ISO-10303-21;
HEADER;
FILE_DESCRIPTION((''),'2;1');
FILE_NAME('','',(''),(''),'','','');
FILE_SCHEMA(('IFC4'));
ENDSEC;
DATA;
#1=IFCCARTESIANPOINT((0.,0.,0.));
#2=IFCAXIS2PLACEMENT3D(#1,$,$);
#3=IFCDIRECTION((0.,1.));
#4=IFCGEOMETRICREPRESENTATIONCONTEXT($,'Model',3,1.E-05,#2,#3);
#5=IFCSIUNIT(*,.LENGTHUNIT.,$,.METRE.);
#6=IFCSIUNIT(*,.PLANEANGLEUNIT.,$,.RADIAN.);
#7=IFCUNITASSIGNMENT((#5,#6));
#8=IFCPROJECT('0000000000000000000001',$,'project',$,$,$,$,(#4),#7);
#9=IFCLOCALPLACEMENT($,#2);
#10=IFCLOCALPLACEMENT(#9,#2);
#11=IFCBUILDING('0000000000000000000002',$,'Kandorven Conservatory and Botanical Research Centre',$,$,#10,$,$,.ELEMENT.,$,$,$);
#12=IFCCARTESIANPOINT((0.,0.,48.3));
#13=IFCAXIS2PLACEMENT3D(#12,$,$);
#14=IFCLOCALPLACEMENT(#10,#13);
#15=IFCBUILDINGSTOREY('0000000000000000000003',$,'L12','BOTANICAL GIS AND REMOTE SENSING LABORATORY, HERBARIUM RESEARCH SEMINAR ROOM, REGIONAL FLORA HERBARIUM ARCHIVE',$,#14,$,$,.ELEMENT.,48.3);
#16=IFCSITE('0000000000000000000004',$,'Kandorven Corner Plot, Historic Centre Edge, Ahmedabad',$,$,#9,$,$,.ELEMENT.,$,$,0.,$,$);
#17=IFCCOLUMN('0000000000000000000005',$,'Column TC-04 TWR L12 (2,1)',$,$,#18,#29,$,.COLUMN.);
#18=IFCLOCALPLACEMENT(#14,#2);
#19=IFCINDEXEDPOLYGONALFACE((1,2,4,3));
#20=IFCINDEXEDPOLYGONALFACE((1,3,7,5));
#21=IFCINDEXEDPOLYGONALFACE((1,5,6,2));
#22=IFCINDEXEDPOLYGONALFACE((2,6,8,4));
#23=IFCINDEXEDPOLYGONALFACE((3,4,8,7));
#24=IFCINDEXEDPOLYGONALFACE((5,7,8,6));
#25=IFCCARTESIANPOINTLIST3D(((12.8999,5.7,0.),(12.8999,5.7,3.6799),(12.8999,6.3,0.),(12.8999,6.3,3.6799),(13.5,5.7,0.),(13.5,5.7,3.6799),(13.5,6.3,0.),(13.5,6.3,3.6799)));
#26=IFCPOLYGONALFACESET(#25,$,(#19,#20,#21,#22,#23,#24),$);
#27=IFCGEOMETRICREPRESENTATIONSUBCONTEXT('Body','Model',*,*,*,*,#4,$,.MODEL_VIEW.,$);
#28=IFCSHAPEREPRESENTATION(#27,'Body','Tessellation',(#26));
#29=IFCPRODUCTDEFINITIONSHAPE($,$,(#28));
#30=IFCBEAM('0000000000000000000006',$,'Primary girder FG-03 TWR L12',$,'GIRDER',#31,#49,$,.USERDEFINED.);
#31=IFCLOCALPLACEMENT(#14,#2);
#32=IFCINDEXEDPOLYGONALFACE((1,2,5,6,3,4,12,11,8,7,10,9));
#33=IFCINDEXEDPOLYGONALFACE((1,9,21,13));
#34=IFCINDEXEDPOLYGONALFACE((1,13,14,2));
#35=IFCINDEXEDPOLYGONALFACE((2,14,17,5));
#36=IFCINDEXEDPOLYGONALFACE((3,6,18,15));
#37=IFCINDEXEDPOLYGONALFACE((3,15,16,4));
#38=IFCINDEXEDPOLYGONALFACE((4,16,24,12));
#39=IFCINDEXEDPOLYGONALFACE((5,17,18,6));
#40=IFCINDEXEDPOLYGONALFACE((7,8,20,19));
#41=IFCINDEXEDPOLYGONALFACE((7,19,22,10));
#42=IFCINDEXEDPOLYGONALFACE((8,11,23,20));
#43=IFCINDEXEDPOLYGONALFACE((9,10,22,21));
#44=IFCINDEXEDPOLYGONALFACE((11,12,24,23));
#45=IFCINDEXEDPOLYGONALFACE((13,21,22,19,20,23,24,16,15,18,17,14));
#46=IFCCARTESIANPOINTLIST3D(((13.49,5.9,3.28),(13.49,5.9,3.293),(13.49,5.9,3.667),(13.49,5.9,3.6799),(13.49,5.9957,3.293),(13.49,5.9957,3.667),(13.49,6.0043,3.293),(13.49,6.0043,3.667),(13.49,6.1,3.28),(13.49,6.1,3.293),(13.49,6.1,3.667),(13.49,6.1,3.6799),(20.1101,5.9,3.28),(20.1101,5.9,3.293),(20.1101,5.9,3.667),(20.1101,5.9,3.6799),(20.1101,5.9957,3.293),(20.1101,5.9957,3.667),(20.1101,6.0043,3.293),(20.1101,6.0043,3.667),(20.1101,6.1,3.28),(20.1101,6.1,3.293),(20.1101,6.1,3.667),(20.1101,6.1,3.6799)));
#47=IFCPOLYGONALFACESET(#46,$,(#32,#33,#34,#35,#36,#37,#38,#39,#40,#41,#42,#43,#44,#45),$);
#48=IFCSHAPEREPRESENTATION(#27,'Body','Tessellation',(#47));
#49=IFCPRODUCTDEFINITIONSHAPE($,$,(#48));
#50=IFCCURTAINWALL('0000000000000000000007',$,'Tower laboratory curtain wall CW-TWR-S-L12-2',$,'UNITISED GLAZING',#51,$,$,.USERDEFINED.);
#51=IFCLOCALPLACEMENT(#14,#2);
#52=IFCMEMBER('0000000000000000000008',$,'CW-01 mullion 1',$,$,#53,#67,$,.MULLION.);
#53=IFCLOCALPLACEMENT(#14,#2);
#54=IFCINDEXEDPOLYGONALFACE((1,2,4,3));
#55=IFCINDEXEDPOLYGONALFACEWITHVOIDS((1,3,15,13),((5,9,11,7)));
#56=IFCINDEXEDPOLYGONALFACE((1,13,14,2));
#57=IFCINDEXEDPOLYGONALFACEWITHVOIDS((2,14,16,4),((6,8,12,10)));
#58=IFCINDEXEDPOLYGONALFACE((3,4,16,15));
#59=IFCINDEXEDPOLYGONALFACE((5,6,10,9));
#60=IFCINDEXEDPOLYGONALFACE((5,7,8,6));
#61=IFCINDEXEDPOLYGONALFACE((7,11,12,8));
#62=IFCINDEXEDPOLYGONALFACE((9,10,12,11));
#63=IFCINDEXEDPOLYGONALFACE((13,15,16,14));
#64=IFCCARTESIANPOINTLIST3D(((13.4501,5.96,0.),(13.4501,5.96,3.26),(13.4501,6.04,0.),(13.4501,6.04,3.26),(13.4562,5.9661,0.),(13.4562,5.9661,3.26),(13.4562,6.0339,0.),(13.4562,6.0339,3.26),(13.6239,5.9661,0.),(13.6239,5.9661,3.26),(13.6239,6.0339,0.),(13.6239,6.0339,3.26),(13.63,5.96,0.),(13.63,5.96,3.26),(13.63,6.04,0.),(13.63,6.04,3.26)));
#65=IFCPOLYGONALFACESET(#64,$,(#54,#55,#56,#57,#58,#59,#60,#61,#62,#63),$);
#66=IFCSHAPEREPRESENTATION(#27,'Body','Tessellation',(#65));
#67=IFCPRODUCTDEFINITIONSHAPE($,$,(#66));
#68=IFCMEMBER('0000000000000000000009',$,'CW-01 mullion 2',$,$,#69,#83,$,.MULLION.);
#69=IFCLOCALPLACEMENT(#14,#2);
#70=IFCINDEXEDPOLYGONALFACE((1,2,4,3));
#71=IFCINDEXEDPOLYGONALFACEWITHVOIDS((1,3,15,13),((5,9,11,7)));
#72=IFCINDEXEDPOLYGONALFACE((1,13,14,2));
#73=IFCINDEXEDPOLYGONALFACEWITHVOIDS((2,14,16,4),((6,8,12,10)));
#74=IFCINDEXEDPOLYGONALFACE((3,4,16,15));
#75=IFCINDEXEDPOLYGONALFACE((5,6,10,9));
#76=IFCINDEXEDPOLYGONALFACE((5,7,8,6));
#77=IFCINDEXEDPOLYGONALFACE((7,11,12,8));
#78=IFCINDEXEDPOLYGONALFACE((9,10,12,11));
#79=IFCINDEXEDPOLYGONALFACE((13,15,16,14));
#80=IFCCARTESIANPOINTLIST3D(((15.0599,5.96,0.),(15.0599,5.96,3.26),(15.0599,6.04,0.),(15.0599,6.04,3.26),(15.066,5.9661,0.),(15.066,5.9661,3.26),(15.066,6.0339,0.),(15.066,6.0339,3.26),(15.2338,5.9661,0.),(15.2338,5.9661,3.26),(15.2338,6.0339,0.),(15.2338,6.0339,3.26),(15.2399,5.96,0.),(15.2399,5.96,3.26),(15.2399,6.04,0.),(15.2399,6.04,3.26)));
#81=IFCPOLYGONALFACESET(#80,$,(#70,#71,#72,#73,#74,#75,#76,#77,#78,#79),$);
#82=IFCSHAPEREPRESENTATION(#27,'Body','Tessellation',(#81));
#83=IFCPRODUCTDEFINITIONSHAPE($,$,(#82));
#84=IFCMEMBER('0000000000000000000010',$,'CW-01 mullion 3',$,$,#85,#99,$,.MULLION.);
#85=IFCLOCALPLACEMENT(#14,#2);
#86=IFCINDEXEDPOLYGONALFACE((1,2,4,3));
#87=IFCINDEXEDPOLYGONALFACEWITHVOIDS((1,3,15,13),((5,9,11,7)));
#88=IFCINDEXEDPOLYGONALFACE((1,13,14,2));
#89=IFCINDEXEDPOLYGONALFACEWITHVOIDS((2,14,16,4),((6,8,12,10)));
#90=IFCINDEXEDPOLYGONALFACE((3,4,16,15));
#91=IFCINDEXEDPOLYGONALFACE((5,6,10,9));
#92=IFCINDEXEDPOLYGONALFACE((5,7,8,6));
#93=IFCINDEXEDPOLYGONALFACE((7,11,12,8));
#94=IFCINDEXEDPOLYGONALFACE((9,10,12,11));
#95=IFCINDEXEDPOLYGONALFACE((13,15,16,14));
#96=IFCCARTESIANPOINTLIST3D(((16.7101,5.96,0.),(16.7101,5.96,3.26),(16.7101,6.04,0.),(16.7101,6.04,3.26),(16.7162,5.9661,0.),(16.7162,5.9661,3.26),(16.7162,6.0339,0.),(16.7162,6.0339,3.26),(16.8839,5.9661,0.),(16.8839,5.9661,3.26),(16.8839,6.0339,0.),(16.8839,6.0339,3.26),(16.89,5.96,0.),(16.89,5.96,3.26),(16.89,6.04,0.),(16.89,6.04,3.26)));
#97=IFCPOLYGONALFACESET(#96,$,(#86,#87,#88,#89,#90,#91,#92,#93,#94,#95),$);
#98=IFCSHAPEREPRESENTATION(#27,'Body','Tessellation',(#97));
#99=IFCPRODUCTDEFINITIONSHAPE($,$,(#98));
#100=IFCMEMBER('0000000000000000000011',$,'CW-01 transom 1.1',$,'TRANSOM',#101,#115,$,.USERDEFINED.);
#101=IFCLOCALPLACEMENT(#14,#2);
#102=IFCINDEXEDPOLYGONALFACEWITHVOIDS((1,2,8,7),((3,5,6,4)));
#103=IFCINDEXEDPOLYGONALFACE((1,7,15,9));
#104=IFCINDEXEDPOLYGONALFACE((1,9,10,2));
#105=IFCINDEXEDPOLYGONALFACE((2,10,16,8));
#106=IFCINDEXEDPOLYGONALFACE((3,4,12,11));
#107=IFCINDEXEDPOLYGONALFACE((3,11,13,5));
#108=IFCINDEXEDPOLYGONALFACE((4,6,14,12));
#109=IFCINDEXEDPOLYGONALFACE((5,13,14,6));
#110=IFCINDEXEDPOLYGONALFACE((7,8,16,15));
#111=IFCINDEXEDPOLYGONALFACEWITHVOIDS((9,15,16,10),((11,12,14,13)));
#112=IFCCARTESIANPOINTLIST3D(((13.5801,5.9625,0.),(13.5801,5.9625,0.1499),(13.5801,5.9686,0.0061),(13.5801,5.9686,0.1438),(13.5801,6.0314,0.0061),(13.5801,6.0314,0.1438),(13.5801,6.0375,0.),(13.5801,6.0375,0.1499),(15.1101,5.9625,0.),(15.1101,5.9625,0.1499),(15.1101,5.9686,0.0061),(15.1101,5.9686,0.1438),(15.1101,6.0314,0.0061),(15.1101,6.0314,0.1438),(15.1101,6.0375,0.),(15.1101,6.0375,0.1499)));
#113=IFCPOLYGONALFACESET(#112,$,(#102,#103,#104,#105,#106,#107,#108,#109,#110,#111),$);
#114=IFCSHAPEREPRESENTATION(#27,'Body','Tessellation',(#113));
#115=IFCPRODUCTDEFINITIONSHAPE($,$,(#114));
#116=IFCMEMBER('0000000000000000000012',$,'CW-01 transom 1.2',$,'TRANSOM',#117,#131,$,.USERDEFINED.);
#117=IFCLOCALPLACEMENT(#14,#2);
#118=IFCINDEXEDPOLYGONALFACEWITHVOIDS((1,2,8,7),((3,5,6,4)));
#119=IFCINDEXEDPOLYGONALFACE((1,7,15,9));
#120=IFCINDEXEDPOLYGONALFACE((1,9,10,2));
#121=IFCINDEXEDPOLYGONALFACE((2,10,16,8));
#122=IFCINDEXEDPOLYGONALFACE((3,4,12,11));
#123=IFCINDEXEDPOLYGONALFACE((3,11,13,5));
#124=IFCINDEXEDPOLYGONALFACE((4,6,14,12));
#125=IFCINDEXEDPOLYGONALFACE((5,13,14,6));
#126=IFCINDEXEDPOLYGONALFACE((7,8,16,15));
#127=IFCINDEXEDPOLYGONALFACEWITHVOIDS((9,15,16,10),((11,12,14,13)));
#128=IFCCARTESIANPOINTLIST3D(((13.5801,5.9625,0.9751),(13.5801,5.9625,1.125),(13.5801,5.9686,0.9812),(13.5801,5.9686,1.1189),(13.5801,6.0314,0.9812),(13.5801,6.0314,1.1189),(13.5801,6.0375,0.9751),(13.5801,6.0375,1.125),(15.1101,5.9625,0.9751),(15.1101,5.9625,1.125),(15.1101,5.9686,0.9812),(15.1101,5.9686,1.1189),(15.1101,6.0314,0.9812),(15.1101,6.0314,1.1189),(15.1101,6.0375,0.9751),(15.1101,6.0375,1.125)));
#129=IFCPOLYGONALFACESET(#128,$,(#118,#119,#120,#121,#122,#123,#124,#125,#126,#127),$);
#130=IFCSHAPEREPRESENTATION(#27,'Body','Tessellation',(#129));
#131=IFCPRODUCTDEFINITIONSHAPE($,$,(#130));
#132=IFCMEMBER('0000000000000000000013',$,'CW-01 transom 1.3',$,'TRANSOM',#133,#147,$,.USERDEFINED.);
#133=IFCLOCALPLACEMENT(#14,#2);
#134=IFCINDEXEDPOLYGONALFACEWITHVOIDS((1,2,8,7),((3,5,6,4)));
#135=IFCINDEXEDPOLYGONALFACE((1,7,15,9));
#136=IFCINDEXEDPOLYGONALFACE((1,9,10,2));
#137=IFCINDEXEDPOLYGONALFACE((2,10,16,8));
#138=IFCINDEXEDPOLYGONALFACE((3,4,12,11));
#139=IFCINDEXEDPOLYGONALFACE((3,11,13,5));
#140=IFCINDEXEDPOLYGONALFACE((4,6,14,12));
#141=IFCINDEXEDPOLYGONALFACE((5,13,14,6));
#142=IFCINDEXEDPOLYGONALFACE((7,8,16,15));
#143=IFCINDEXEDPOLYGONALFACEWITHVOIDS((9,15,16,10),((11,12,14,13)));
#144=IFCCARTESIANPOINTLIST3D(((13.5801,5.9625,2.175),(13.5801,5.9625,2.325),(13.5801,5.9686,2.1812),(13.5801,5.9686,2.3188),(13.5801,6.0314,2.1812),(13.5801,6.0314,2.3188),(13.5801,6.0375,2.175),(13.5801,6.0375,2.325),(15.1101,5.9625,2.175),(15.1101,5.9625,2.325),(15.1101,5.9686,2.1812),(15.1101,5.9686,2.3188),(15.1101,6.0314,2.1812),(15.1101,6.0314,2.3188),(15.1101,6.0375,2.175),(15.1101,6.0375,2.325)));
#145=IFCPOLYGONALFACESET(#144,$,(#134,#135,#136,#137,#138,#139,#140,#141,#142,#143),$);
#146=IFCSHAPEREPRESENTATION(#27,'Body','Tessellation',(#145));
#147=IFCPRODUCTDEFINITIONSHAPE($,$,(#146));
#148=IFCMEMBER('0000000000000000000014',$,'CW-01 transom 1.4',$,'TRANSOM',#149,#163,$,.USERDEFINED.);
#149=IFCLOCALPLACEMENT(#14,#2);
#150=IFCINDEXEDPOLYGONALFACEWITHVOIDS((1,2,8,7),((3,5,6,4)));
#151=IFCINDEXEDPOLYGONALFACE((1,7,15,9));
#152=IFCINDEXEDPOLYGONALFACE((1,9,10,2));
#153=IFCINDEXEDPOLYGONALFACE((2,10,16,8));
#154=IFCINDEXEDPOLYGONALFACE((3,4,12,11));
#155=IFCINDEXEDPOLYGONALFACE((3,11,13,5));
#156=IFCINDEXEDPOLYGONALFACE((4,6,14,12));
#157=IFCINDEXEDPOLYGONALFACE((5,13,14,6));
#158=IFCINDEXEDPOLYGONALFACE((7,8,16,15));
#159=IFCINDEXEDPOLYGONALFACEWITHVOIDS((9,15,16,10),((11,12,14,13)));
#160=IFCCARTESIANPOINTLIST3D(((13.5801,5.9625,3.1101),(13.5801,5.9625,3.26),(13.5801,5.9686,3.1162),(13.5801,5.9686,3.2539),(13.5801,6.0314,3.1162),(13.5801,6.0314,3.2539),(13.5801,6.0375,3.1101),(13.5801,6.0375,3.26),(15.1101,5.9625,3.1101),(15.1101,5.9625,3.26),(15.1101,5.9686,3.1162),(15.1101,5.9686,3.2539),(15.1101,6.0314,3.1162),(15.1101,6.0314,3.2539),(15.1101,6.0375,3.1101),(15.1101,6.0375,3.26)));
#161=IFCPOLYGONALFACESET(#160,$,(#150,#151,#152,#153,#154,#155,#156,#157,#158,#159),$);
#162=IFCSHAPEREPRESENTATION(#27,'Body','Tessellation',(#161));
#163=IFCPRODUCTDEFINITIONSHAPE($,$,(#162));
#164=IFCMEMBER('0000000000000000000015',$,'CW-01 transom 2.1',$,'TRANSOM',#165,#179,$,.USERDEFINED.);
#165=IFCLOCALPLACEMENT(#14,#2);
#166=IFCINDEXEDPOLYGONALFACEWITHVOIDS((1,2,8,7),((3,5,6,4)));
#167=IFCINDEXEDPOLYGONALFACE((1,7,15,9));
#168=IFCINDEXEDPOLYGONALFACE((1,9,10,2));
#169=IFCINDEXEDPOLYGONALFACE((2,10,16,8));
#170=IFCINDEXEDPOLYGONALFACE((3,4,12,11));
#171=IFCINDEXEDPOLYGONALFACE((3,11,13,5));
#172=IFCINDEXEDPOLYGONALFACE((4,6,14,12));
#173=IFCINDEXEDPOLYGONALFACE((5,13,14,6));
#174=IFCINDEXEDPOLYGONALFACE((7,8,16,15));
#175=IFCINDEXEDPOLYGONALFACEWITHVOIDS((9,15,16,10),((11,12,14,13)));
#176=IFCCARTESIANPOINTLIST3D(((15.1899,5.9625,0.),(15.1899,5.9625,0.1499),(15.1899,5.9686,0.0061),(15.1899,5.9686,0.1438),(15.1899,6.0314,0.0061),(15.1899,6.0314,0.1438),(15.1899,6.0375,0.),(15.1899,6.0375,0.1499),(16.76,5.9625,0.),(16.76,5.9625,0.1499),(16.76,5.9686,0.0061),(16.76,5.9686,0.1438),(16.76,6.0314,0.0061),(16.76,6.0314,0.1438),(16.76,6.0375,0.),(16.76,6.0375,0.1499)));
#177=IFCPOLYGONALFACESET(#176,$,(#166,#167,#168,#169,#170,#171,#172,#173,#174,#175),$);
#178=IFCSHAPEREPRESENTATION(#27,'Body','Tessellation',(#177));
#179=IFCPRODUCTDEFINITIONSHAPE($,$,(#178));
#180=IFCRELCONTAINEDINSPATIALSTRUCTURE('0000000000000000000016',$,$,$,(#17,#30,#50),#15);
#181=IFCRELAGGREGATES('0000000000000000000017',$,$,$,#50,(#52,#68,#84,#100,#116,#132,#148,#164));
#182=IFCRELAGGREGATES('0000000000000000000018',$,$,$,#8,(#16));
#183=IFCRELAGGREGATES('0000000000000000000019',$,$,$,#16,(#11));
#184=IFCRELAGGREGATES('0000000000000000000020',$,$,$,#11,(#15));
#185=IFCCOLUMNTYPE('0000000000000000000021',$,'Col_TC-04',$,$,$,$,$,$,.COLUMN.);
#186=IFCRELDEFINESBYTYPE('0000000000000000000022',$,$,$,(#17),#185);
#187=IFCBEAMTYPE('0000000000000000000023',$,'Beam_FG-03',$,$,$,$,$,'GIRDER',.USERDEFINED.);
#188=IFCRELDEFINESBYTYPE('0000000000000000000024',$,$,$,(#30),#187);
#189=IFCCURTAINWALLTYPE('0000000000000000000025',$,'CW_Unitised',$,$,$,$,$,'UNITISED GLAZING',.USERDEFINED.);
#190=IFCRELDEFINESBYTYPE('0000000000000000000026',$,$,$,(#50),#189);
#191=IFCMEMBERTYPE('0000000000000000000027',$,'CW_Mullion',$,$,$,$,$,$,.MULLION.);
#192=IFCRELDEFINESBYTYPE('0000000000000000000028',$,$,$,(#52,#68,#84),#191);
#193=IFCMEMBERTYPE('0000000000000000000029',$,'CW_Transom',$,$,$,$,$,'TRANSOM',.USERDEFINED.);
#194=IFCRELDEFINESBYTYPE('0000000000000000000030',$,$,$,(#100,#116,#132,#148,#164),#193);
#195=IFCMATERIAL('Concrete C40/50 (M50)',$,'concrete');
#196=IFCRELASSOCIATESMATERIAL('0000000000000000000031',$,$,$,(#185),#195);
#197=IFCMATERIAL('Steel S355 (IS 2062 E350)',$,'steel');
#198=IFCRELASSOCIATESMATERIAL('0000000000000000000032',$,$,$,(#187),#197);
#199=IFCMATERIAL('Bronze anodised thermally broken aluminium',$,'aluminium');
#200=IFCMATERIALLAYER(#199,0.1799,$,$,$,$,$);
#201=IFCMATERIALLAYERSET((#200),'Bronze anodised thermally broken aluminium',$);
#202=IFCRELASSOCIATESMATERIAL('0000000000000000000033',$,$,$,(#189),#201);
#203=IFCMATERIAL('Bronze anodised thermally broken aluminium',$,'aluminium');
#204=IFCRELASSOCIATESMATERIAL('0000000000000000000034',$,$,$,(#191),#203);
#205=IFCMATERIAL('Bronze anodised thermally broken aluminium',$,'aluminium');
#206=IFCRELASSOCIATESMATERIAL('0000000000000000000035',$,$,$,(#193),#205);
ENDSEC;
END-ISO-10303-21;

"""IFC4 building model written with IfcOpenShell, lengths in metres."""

from ifc_helpers import new_model, si_unit, direction, frame, origin, origin_2d, place, context, subcontext, project, spatial, rectangle, hollow_rectangle, i_section, extrude, material, layer, layer_set, material_profile, profile_set, type_object, element, aggregate, save


model = new_model("IFC4")

# Units and contexts
model_context = context("Model", 3, precision=1e-05, world=origin(), true_north=direction((0.0, 1.0)))
body_context = subcontext(model_context, "Body", "Model", "MODEL_VIEW")
ifc_project = project(units=[si_unit("LENGTHUNIT", "METRE"), si_unit("PLANEANGLEUNIT", "RADIAN")], contexts=[model_context])

# Site, building, storey
site_placement = place(None, origin())
site = spatial("IfcSite", under=ifc_project, at=site_placement, Name="Kandorven Corner Plot, Historic Centre Edge, Ahmedabad", CompositionType="ELEMENT", RefElevation=0.0)
building_placement = place(site_placement, origin())
building = spatial("IfcBuilding", under=site, at=building_placement, Name="Kandorven Conservatory and Botanical Research Centre", CompositionType="ELEMENT")
storey_placement = place(building_placement, frame((0.0, 0.0, 48.3)))
storey = spatial("IfcBuildingStorey", under=building, at=storey_placement, Name="L12", Description="BOTANICAL GIS AND REMOTE SENSING LABORATORY, HERBARIUM RESEARCH SEMINAR ROOM, REGIONAL FLORA HERBARIUM ARCHIVE", CompositionType="ELEMENT", Elevation=48.3)

# Column
ifc_material_1 = material(Name="Concrete C40/50 (M50)", Category="concrete")
ifc_material_profile_1 = material_profile(ifc_material_1, rectangle(XDim=0.6001, YDim=0.6001, at=origin_2d()))
ifc_profile_set_1 = profile_set([ifc_material_profile_1], Name="Concrete C40/50 (M50)")
column_type = type_object("IfcColumnType", Name="Col_TC-04", PredefinedType="COLUMN", material=ifc_profile_set_1)
column_placement = place(storey_placement, frame((13.2, 6.0, 0.0), z_axis=(0.0, 0.0, 1.0), x_axis=(1.0, 0.0, 0.0)))
element("IfcColumn", 1, at=column_placement, inside=storey, type_object=column_type, Name="Column TC-04 TWR L12 (2,1)", PredefinedType="COLUMN", context=body_context, shape_type="SweptSolid", body=[
    extrude(rectangle(XDim=0.6001, YDim=0.6001, at=origin_2d()), origin(), (0.0, 0.0, 1.0), 3.6799),
])

# Beam
ifc_material_2 = material(Name="Steel S355 (IS 2062 E350)", Category="steel")
ifc_material_profile_2 = material_profile(ifc_material_2, i_section(OverallWidth=0.2, OverallDepth=0.3999, WebThickness=0.0085, FlangeThickness=0.0129, at=origin_2d()))
ifc_profile_set_2 = profile_set([ifc_material_profile_2], Name="Steel S355 (IS 2062 E350)")
beam_type = type_object("IfcBeamType", Name="Beam_FG-03", ElementType="GIRDER", PredefinedType="USERDEFINED", material=ifc_profile_set_2)
beam_placement = place(storey_placement, frame((13.49, 6.0, 3.48), z_axis=(1.0, 0.0, 0.0), x_axis=(0.0, 1.0, 0.0)))
element("IfcBeam", 2, at=beam_placement, inside=storey, type_object=beam_type, Name="Primary girder FG-03 TWR L12", ObjectType="GIRDER", PredefinedType="USERDEFINED", context=body_context, shape_type="SweptSolid", body=[
    extrude(i_section(OverallWidth=0.2, OverallDepth=0.3999, WebThickness=0.0085, FlangeThickness=0.0129, at=origin_2d()), origin(), (0.0, 0.0, 1.0), 6.6201),
])

# Curtain wall, members
ifc_material_3 = material(Name="Bronze anodised thermally broken aluminium", Category="aluminium")
ifc_layer_1 = layer(ifc_material_3, 0.1799)
ifc_layer_set_1 = layer_set([ifc_layer_1], Name="Bronze anodised thermally broken aluminium")
curtain_wall_type = type_object("IfcCurtainWallType", Name="CW_Unitised", ElementType="UNITISED GLAZING", PredefinedType="USERDEFINED", material=ifc_layer_set_1)
curtain_wall_placement = place(storey_placement, origin())
curtain_wall = element("IfcCurtainWall", 3, at=curtain_wall_placement, inside=storey, type_object=curtain_wall_type, Name="Tower laboratory curtain wall CW-TWR-S-L12-2", ObjectType="UNITISED GLAZING", PredefinedType="USERDEFINED")
ifc_material_4 = material(Name="Bronze anodised thermally broken aluminium", Category="aluminium")
ifc_material_profile_3 = material_profile(ifc_material_4, hollow_rectangle(XDim=0.0801, YDim=0.1799, WallThickness=0.0061, at=origin_2d()))
ifc_profile_set_3 = profile_set([ifc_material_profile_3], Name="Bronze anodised thermally broken aluminium")
member_type_1 = type_object("IfcMemberType", Name="CW_Mullion", PredefinedType="MULLION", material=ifc_profile_set_3)
member_1_placement = place(storey_placement, frame((13.54, 6.0, 0.0), z_axis=(0.0, 0.0, 1.0), x_axis=(0.0, 1.0, 0.0)))
member_1 = element("IfcMember", 4, at=member_1_placement, type_object=member_type_1, Name="CW-01 mullion 1", PredefinedType="MULLION", context=body_context, shape_type="SweptSolid", body=[
    extrude(hollow_rectangle(XDim=0.0801, YDim=0.1799, WallThickness=0.0061, at=origin_2d()), origin(), (0.0, 0.0, 1.0), 3.26),
])
member_2_placement = place(storey_placement, frame((15.1499, 6.0, 0.0), z_axis=(0.0, 0.0, 1.0), x_axis=(0.0, 1.0, 0.0)))
member_2 = element("IfcMember", 5, at=member_2_placement, type_object=member_type_1, Name="CW-01 mullion 2", PredefinedType="MULLION", context=body_context, shape_type="SweptSolid", body=[
    extrude(hollow_rectangle(XDim=0.0801, YDim=0.1799, WallThickness=0.0061, at=origin_2d()), origin(), (0.0, 0.0, 1.0), 3.26),
])
member_3_placement = place(storey_placement, frame((16.8, 6.0, 0.0), z_axis=(0.0, 0.0, 1.0), x_axis=(0.0, 1.0, 0.0)))
member_3 = element("IfcMember", 6, at=member_3_placement, type_object=member_type_1, Name="CW-01 mullion 3", PredefinedType="MULLION", context=body_context, shape_type="SweptSolid", body=[
    extrude(hollow_rectangle(XDim=0.0801, YDim=0.1799, WallThickness=0.0061, at=origin_2d()), origin(), (0.0, 0.0, 1.0), 3.26),
])
ifc_material_5 = material(Name="Bronze anodised thermally broken aluminium", Category="aluminium")
ifc_material_profile_4 = material_profile(ifc_material_5, hollow_rectangle(XDim=0.075, YDim=0.1499, WallThickness=0.0061, at=origin_2d()))
ifc_profile_set_4 = profile_set([ifc_material_profile_4], Name="Bronze anodised thermally broken aluminium")
member_type_2 = type_object("IfcMemberType", Name="CW_Transom", ElementType="TRANSOM", PredefinedType="USERDEFINED", material=ifc_profile_set_4)
member_4_placement = place(storey_placement, frame((13.5801, 6.0, 0.075), z_axis=(1.0, 0.0, 0.0), x_axis=(0.0, 1.0, 0.0)))
member_4 = element("IfcMember", 7, at=member_4_placement, type_object=member_type_2, Name="CW-01 transom 1.1", ObjectType="TRANSOM", PredefinedType="USERDEFINED", context=body_context, shape_type="SweptSolid", body=[
    extrude(hollow_rectangle(XDim=0.075, YDim=0.1499, WallThickness=0.0061, at=origin_2d()), origin(), (0.0, 0.0, 1.0), 1.53),
])
member_5_placement = place(storey_placement, frame((13.5801, 6.0, 1.05), z_axis=(1.0, 0.0, 0.0), x_axis=(0.0, 1.0, 0.0)))
member_5 = element("IfcMember", 8, at=member_5_placement, type_object=member_type_2, Name="CW-01 transom 1.2", ObjectType="TRANSOM", PredefinedType="USERDEFINED", context=body_context, shape_type="SweptSolid", body=[
    extrude(hollow_rectangle(XDim=0.075, YDim=0.1499, WallThickness=0.0061, at=origin_2d()), origin(), (0.0, 0.0, 1.0), 1.53),
])
member_6_placement = place(storey_placement, frame((13.5801, 6.0, 2.25), z_axis=(1.0, 0.0, 0.0), x_axis=(0.0, 1.0, 0.0)))
member_6 = element("IfcMember", 9, at=member_6_placement, type_object=member_type_2, Name="CW-01 transom 1.3", ObjectType="TRANSOM", PredefinedType="USERDEFINED", context=body_context, shape_type="SweptSolid", body=[
    extrude(hollow_rectangle(XDim=0.075, YDim=0.1499, WallThickness=0.0061, at=origin_2d()), origin(), (0.0, 0.0, 1.0), 1.53),
])
member_7_placement = place(storey_placement, frame((13.5801, 6.0, 3.1851), z_axis=(1.0, 0.0, 0.0), x_axis=(0.0, 1.0, 0.0)))
member_7 = element("IfcMember", 10, at=member_7_placement, type_object=member_type_2, Name="CW-01 transom 1.4", ObjectType="TRANSOM", PredefinedType="USERDEFINED", context=body_context, shape_type="SweptSolid", body=[
    extrude(hollow_rectangle(XDim=0.075, YDim=0.1499, WallThickness=0.0061, at=origin_2d()), origin(), (0.0, 0.0, 1.0), 1.53),
])
member_8_placement = place(storey_placement, frame((15.1899, 6.0, 0.075), z_axis=(1.0, 0.0, 0.0), x_axis=(0.0, 1.0, 0.0)))
member_8 = element("IfcMember", 11, at=member_8_placement, type_object=member_type_2, Name="CW-01 transom 2.1", ObjectType="TRANSOM", PredefinedType="USERDEFINED", context=body_context, shape_type="SweptSolid", body=[
    extrude(hollow_rectangle(XDim=0.075, YDim=0.1499, WallThickness=0.0061, at=origin_2d()), origin(), (0.0, 0.0, 1.0), 1.5701),
])

aggregate(curtain_wall, [member_1, member_2, member_3, member_4, member_5, member_6, member_7, member_8])

save(model, "model.ifc")
